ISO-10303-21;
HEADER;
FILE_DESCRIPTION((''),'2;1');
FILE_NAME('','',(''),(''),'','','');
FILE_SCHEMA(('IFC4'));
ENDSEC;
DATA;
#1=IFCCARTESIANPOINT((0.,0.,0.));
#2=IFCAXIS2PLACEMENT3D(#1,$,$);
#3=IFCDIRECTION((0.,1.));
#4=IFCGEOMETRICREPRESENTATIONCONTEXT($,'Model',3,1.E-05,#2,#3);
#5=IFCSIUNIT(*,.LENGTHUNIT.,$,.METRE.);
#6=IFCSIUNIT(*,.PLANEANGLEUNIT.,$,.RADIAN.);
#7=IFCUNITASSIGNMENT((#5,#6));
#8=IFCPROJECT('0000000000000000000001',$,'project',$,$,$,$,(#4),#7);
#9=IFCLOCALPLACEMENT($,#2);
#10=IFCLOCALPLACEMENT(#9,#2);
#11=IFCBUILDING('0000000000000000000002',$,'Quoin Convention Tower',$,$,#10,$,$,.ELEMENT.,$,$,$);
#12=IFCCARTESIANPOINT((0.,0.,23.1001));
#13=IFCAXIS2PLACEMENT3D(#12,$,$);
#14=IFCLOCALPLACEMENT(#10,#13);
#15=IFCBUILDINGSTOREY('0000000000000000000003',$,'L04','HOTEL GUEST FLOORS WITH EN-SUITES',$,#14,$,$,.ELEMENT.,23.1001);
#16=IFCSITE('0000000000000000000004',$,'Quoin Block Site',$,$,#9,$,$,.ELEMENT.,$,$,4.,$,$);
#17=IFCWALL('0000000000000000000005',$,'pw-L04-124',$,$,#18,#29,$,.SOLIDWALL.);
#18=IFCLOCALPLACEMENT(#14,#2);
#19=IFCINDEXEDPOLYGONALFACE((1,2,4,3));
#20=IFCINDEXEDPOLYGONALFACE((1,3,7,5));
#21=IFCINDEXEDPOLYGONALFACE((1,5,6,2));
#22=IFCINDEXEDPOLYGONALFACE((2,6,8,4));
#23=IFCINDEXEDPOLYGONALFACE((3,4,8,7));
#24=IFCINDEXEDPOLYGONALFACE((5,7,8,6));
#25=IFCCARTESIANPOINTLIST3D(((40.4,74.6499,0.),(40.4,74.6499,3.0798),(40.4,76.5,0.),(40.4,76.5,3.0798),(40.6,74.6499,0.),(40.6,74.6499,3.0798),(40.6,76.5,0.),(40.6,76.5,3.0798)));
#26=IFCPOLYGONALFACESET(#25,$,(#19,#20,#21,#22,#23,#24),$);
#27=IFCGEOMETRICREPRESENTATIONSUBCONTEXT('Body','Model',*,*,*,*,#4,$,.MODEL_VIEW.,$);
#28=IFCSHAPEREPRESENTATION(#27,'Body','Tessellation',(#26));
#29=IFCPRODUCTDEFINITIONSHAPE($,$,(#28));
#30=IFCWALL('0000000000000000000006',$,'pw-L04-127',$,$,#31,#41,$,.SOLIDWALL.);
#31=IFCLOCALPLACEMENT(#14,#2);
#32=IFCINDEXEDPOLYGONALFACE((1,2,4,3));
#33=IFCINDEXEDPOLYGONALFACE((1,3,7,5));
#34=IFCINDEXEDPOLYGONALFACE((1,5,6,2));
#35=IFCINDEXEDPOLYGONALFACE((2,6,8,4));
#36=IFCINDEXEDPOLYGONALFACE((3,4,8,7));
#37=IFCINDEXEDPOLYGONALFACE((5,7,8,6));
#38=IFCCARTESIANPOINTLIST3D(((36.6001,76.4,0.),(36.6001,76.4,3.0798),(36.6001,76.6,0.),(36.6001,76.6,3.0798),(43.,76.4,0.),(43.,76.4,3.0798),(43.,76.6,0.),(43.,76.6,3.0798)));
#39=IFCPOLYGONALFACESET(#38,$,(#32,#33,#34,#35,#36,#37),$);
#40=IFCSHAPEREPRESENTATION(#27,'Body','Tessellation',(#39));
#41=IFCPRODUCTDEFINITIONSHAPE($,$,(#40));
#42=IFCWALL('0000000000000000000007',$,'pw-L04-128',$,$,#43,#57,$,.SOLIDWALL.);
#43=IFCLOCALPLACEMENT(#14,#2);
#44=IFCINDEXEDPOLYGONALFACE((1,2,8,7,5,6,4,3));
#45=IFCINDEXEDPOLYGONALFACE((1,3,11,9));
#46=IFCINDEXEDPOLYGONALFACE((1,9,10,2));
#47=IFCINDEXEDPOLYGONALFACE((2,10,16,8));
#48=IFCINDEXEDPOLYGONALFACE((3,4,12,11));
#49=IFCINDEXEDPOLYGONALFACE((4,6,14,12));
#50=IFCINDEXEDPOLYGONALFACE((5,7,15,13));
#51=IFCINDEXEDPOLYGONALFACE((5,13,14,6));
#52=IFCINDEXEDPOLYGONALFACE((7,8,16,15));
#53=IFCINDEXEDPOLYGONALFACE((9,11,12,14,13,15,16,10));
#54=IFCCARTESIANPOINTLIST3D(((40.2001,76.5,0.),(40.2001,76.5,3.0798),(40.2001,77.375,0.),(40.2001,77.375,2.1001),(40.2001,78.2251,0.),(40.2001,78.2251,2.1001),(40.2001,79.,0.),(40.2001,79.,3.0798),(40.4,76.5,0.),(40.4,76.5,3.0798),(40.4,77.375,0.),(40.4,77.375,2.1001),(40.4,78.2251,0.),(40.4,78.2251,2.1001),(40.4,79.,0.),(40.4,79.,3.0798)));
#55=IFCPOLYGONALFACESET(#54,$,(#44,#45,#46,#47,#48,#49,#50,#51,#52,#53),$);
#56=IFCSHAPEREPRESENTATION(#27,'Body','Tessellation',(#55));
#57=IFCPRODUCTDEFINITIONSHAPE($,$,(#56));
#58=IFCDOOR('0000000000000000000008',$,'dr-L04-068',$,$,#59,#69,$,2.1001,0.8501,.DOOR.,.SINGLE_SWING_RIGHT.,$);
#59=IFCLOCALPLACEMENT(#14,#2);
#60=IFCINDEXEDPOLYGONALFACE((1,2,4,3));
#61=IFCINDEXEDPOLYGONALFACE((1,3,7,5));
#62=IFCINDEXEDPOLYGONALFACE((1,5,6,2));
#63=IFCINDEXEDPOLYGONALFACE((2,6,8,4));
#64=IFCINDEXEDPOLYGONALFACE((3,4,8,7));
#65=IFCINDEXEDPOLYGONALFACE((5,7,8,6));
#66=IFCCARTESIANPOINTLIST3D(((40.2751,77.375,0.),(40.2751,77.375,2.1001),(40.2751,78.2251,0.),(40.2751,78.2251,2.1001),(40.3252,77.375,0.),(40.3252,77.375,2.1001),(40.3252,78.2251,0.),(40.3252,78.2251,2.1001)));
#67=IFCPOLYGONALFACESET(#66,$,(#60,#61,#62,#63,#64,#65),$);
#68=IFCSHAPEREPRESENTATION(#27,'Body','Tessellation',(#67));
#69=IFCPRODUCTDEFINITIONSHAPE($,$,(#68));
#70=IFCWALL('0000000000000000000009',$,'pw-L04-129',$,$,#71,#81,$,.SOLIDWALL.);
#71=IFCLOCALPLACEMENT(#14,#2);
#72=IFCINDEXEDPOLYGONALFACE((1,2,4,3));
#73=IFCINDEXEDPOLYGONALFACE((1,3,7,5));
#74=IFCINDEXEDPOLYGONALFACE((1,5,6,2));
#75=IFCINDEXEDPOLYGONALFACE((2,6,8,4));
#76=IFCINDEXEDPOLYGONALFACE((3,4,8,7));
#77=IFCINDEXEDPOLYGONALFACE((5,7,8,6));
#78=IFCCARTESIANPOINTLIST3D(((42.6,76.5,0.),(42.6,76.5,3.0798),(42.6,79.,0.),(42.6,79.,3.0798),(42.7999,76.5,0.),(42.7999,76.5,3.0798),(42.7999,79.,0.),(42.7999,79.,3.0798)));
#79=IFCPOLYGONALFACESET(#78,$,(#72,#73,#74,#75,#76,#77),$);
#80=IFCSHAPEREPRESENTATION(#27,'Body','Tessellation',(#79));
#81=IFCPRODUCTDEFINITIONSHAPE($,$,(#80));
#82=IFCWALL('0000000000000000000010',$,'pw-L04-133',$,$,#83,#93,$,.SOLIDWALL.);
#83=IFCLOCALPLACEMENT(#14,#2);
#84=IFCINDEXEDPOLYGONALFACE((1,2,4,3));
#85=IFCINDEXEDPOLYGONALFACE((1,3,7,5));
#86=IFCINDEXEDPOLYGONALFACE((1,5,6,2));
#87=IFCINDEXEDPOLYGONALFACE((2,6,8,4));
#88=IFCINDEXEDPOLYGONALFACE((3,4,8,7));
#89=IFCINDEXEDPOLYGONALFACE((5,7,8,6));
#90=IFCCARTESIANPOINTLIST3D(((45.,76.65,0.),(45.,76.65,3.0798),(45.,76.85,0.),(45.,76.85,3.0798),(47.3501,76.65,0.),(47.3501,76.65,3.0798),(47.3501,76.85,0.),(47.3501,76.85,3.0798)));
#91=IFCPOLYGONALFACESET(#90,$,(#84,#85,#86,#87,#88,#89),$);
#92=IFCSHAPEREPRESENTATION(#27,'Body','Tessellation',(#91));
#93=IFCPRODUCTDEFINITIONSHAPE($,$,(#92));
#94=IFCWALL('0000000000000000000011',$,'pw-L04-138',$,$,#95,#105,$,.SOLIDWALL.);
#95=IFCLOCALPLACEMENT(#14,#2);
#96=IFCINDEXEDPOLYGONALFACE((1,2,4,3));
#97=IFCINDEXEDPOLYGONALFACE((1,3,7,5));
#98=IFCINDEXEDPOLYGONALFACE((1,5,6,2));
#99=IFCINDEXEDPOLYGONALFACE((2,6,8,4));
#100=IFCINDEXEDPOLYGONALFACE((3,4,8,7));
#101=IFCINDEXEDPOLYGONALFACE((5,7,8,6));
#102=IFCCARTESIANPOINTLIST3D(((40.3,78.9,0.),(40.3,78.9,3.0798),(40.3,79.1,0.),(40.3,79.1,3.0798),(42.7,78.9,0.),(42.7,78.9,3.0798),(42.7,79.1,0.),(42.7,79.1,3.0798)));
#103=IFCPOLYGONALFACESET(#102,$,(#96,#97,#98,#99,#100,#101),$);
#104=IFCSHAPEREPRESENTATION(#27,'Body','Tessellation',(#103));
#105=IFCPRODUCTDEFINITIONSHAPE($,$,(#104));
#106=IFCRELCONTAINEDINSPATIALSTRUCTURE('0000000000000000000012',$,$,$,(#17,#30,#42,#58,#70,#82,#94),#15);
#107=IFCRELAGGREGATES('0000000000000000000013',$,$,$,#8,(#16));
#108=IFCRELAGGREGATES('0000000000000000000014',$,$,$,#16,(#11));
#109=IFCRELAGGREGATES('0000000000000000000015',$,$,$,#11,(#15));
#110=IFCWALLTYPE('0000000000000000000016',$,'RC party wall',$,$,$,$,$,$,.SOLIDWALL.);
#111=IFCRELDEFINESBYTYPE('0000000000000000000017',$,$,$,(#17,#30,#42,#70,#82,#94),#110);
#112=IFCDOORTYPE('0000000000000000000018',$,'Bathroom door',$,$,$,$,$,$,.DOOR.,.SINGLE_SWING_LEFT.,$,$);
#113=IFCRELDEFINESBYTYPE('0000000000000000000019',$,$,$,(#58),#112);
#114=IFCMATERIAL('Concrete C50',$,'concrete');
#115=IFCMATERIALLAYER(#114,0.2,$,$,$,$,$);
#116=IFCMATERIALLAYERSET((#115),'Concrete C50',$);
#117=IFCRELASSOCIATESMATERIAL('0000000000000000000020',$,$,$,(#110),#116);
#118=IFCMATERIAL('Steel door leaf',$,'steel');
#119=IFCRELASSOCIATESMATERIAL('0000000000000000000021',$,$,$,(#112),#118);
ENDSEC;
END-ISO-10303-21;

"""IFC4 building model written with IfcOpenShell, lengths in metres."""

from ifc_helpers import new_model, si_unit, direction, frame, frame_2d, origin, place, context, subcontext, project, spatial, rectangle, extrude, material, layer, layer_set, type_object, element, fill, save


model = new_model("IFC4")

# Units and contexts
model_context = context("Model", 3, precision=1e-05, world=origin(), true_north=direction((0.0, 1.0)))
body_context = subcontext(model_context, "Body", "Model", "MODEL_VIEW")
ifc_project = project(units=[si_unit("LENGTHUNIT", "METRE"), si_unit("PLANEANGLEUNIT", "RADIAN")], contexts=[model_context])

# Site, building, storey
site_placement = place(None, origin())
site = spatial("IfcSite", under=ifc_project, at=site_placement, Name="Quoin Block Site", CompositionType="ELEMENT", RefElevation=4.0)
building_placement = place(site_placement, origin())
building = spatial("IfcBuilding", under=site, at=building_placement, Name="Quoin Convention Tower", CompositionType="ELEMENT")
storey_placement = place(building_placement, frame((0.0, 0.0, 23.1001)))
storey = spatial("IfcBuildingStorey", under=building, at=storey_placement, Name="L04", Description="HOTEL GUEST FLOORS WITH EN-SUITES", CompositionType="ELEMENT", Elevation=23.1001)

# Shared definitions
ifc_material_1 = material(Name="Concrete C50", Category="concrete")
ifc_layer_1 = layer(ifc_material_1, 0.2)
ifc_layer_set_1 = layer_set([ifc_layer_1], Name="Concrete C50")
wall_type_1 = type_object("IfcWallType", Name="RC party wall", PredefinedType="SOLIDWALL", material=ifc_layer_set_1)
ifc_material_2 = material(Name="Steel door leaf", Category="steel")
door_type = type_object("IfcDoorType", Name="Bathroom door", OperationType="SINGLE_SWING_LEFT", PredefinedType="DOOR", material=ifc_material_2)

# Walls
wall_1_placement = place(storey_placement, frame((40.5, 74.6499, 0.0), z_axis=(0.0, 0.0, 1.0), x_axis=(0.0, 1.0, 0.0)))
element("IfcWall", 1, at=wall_1_placement, inside=storey, type_object=wall_type_1, Name="pw-L04-124", PredefinedType="SOLIDWALL", context=body_context, shape_type="SweptSolid", body=[
    extrude(rectangle(XDim=1.8501, YDim=0.2, at=frame_2d((0.925, 0.0))), origin(), (0.0, 0.0, 1.0), 3.0798),
])
wall_2_placement = place(storey_placement, frame((36.6001, 76.5, 0.0), z_axis=(0.0, 0.0, 1.0), x_axis=(1.0, 0.0, 0.0)))
element("IfcWall", 2, at=wall_2_placement, inside=storey, type_object=wall_type_1, Name="pw-L04-127", PredefinedType="SOLIDWALL", context=body_context, shape_type="SweptSolid", body=[
    extrude(rectangle(XDim=6.3999, YDim=0.2, at=frame_2d((3.2, 0.0))), origin(), (0.0, 0.0, 1.0), 3.0798),
])

# Wall, opening, door
wall_3_placement = place(storey_placement, frame((40.3, 76.5, 0.0), z_axis=(0.0, 0.0, 1.0), x_axis=(0.0, 1.0, 0.0)))
wall_3 = element("IfcWall", 3, at=wall_3_placement, inside=storey, type_object=wall_type_1, Name="pw-L04-128", PredefinedType="SOLIDWALL", context=body_context, shape_type="SweptSolid", body=[
    extrude(rectangle(XDim=2.5, YDim=0.2, at=frame_2d((1.25, 0.0))), origin(), (0.0, 0.0, 1.0), 3.0798),
])
opening_1_placement = place(wall_3_placement, frame((0.875, 0.0, 0.0)))
opening_1 = element("IfcOpeningElement", 4, at=opening_1_placement, cuts=wall_3, PredefinedType="OPENING", context=body_context, shape_type="SweptSolid", body=[
    extrude(rectangle(XDim=0.8501, YDim=2.1001, at=frame_2d((0.425, 1.05))), frame((0.0, 0.1099, 0.0), z_axis=(0.0, -1.0, 0.0), x_axis=(1.0, 0.0, 0.0)), (0.0, 0.0, 1.0), 0.22),
])
door_1_placement = place(opening_1_placement, origin())
door_1 = element("IfcDoor", 5, at=door_1_placement, inside=storey, type_object=door_type, Name="dr-L04-068", OperationType="SINGLE_SWING_RIGHT", OverallHeight=2.1001, OverallWidth=0.8501, PredefinedType="DOOR", context=body_context, shape_type="SweptSolid", body=[
    extrude(rectangle(XDim=0.8501, YDim=2.1001, at=frame_2d((0.425, 1.05))), frame((0.0, 0.0249, 0.0), z_axis=(0.0, -1.0, 0.0), x_axis=(1.0, 0.0, 0.0)), (0.0, 0.0, 1.0), 0.05),
])
fill(opening_1, door_1)

# Walls
wall_4_placement = place(storey_placement, frame((42.7, 76.5, 0.0), z_axis=(0.0, 0.0, 1.0), x_axis=(0.0, 1.0, 0.0)))
element("IfcWall", 6, at=wall_4_placement, inside=storey, type_object=wall_type_1, Name="pw-L04-129", PredefinedType="SOLIDWALL", context=body_context, shape_type="SweptSolid", body=[
    extrude(rectangle(XDim=2.5, YDim=0.2, at=frame_2d((1.25, 0.0))), origin(), (0.0, 0.0, 1.0), 3.0798),
])
wall_5_placement = place(storey_placement, frame((45.0, 76.75, 0.0), z_axis=(0.0, 0.0, 1.0), x_axis=(1.0, 0.0, 0.0)))
element("IfcWall", 7, at=wall_5_placement, inside=storey, type_object=wall_type_1, Name="pw-L04-133", PredefinedType="SOLIDWALL", context=body_context, shape_type="SweptSolid", body=[
    extrude(rectangle(XDim=2.3501, YDim=0.2, at=frame_2d((1.175, 0.0))), origin(), (0.0, 0.0, 1.0), 3.0798),
])
wall_6_placement = place(storey_placement, frame((40.3, 79.0, 0.0), z_axis=(0.0, 0.0, 1.0), x_axis=(1.0, 0.0, 0.0)))
element("IfcWall", 8, at=wall_6_placement, inside=storey, type_object=wall_type_1, Name="pw-L04-138", PredefinedType="SOLIDWALL", context=body_context, shape_type="SweptSolid", body=[
    extrude(rectangle(XDim=2.3999, YDim=0.2, at=frame_2d((1.2, 0.0))), origin(), (0.0, 0.0, 1.0), 3.0798),
])

save(model, "model.ifc")
